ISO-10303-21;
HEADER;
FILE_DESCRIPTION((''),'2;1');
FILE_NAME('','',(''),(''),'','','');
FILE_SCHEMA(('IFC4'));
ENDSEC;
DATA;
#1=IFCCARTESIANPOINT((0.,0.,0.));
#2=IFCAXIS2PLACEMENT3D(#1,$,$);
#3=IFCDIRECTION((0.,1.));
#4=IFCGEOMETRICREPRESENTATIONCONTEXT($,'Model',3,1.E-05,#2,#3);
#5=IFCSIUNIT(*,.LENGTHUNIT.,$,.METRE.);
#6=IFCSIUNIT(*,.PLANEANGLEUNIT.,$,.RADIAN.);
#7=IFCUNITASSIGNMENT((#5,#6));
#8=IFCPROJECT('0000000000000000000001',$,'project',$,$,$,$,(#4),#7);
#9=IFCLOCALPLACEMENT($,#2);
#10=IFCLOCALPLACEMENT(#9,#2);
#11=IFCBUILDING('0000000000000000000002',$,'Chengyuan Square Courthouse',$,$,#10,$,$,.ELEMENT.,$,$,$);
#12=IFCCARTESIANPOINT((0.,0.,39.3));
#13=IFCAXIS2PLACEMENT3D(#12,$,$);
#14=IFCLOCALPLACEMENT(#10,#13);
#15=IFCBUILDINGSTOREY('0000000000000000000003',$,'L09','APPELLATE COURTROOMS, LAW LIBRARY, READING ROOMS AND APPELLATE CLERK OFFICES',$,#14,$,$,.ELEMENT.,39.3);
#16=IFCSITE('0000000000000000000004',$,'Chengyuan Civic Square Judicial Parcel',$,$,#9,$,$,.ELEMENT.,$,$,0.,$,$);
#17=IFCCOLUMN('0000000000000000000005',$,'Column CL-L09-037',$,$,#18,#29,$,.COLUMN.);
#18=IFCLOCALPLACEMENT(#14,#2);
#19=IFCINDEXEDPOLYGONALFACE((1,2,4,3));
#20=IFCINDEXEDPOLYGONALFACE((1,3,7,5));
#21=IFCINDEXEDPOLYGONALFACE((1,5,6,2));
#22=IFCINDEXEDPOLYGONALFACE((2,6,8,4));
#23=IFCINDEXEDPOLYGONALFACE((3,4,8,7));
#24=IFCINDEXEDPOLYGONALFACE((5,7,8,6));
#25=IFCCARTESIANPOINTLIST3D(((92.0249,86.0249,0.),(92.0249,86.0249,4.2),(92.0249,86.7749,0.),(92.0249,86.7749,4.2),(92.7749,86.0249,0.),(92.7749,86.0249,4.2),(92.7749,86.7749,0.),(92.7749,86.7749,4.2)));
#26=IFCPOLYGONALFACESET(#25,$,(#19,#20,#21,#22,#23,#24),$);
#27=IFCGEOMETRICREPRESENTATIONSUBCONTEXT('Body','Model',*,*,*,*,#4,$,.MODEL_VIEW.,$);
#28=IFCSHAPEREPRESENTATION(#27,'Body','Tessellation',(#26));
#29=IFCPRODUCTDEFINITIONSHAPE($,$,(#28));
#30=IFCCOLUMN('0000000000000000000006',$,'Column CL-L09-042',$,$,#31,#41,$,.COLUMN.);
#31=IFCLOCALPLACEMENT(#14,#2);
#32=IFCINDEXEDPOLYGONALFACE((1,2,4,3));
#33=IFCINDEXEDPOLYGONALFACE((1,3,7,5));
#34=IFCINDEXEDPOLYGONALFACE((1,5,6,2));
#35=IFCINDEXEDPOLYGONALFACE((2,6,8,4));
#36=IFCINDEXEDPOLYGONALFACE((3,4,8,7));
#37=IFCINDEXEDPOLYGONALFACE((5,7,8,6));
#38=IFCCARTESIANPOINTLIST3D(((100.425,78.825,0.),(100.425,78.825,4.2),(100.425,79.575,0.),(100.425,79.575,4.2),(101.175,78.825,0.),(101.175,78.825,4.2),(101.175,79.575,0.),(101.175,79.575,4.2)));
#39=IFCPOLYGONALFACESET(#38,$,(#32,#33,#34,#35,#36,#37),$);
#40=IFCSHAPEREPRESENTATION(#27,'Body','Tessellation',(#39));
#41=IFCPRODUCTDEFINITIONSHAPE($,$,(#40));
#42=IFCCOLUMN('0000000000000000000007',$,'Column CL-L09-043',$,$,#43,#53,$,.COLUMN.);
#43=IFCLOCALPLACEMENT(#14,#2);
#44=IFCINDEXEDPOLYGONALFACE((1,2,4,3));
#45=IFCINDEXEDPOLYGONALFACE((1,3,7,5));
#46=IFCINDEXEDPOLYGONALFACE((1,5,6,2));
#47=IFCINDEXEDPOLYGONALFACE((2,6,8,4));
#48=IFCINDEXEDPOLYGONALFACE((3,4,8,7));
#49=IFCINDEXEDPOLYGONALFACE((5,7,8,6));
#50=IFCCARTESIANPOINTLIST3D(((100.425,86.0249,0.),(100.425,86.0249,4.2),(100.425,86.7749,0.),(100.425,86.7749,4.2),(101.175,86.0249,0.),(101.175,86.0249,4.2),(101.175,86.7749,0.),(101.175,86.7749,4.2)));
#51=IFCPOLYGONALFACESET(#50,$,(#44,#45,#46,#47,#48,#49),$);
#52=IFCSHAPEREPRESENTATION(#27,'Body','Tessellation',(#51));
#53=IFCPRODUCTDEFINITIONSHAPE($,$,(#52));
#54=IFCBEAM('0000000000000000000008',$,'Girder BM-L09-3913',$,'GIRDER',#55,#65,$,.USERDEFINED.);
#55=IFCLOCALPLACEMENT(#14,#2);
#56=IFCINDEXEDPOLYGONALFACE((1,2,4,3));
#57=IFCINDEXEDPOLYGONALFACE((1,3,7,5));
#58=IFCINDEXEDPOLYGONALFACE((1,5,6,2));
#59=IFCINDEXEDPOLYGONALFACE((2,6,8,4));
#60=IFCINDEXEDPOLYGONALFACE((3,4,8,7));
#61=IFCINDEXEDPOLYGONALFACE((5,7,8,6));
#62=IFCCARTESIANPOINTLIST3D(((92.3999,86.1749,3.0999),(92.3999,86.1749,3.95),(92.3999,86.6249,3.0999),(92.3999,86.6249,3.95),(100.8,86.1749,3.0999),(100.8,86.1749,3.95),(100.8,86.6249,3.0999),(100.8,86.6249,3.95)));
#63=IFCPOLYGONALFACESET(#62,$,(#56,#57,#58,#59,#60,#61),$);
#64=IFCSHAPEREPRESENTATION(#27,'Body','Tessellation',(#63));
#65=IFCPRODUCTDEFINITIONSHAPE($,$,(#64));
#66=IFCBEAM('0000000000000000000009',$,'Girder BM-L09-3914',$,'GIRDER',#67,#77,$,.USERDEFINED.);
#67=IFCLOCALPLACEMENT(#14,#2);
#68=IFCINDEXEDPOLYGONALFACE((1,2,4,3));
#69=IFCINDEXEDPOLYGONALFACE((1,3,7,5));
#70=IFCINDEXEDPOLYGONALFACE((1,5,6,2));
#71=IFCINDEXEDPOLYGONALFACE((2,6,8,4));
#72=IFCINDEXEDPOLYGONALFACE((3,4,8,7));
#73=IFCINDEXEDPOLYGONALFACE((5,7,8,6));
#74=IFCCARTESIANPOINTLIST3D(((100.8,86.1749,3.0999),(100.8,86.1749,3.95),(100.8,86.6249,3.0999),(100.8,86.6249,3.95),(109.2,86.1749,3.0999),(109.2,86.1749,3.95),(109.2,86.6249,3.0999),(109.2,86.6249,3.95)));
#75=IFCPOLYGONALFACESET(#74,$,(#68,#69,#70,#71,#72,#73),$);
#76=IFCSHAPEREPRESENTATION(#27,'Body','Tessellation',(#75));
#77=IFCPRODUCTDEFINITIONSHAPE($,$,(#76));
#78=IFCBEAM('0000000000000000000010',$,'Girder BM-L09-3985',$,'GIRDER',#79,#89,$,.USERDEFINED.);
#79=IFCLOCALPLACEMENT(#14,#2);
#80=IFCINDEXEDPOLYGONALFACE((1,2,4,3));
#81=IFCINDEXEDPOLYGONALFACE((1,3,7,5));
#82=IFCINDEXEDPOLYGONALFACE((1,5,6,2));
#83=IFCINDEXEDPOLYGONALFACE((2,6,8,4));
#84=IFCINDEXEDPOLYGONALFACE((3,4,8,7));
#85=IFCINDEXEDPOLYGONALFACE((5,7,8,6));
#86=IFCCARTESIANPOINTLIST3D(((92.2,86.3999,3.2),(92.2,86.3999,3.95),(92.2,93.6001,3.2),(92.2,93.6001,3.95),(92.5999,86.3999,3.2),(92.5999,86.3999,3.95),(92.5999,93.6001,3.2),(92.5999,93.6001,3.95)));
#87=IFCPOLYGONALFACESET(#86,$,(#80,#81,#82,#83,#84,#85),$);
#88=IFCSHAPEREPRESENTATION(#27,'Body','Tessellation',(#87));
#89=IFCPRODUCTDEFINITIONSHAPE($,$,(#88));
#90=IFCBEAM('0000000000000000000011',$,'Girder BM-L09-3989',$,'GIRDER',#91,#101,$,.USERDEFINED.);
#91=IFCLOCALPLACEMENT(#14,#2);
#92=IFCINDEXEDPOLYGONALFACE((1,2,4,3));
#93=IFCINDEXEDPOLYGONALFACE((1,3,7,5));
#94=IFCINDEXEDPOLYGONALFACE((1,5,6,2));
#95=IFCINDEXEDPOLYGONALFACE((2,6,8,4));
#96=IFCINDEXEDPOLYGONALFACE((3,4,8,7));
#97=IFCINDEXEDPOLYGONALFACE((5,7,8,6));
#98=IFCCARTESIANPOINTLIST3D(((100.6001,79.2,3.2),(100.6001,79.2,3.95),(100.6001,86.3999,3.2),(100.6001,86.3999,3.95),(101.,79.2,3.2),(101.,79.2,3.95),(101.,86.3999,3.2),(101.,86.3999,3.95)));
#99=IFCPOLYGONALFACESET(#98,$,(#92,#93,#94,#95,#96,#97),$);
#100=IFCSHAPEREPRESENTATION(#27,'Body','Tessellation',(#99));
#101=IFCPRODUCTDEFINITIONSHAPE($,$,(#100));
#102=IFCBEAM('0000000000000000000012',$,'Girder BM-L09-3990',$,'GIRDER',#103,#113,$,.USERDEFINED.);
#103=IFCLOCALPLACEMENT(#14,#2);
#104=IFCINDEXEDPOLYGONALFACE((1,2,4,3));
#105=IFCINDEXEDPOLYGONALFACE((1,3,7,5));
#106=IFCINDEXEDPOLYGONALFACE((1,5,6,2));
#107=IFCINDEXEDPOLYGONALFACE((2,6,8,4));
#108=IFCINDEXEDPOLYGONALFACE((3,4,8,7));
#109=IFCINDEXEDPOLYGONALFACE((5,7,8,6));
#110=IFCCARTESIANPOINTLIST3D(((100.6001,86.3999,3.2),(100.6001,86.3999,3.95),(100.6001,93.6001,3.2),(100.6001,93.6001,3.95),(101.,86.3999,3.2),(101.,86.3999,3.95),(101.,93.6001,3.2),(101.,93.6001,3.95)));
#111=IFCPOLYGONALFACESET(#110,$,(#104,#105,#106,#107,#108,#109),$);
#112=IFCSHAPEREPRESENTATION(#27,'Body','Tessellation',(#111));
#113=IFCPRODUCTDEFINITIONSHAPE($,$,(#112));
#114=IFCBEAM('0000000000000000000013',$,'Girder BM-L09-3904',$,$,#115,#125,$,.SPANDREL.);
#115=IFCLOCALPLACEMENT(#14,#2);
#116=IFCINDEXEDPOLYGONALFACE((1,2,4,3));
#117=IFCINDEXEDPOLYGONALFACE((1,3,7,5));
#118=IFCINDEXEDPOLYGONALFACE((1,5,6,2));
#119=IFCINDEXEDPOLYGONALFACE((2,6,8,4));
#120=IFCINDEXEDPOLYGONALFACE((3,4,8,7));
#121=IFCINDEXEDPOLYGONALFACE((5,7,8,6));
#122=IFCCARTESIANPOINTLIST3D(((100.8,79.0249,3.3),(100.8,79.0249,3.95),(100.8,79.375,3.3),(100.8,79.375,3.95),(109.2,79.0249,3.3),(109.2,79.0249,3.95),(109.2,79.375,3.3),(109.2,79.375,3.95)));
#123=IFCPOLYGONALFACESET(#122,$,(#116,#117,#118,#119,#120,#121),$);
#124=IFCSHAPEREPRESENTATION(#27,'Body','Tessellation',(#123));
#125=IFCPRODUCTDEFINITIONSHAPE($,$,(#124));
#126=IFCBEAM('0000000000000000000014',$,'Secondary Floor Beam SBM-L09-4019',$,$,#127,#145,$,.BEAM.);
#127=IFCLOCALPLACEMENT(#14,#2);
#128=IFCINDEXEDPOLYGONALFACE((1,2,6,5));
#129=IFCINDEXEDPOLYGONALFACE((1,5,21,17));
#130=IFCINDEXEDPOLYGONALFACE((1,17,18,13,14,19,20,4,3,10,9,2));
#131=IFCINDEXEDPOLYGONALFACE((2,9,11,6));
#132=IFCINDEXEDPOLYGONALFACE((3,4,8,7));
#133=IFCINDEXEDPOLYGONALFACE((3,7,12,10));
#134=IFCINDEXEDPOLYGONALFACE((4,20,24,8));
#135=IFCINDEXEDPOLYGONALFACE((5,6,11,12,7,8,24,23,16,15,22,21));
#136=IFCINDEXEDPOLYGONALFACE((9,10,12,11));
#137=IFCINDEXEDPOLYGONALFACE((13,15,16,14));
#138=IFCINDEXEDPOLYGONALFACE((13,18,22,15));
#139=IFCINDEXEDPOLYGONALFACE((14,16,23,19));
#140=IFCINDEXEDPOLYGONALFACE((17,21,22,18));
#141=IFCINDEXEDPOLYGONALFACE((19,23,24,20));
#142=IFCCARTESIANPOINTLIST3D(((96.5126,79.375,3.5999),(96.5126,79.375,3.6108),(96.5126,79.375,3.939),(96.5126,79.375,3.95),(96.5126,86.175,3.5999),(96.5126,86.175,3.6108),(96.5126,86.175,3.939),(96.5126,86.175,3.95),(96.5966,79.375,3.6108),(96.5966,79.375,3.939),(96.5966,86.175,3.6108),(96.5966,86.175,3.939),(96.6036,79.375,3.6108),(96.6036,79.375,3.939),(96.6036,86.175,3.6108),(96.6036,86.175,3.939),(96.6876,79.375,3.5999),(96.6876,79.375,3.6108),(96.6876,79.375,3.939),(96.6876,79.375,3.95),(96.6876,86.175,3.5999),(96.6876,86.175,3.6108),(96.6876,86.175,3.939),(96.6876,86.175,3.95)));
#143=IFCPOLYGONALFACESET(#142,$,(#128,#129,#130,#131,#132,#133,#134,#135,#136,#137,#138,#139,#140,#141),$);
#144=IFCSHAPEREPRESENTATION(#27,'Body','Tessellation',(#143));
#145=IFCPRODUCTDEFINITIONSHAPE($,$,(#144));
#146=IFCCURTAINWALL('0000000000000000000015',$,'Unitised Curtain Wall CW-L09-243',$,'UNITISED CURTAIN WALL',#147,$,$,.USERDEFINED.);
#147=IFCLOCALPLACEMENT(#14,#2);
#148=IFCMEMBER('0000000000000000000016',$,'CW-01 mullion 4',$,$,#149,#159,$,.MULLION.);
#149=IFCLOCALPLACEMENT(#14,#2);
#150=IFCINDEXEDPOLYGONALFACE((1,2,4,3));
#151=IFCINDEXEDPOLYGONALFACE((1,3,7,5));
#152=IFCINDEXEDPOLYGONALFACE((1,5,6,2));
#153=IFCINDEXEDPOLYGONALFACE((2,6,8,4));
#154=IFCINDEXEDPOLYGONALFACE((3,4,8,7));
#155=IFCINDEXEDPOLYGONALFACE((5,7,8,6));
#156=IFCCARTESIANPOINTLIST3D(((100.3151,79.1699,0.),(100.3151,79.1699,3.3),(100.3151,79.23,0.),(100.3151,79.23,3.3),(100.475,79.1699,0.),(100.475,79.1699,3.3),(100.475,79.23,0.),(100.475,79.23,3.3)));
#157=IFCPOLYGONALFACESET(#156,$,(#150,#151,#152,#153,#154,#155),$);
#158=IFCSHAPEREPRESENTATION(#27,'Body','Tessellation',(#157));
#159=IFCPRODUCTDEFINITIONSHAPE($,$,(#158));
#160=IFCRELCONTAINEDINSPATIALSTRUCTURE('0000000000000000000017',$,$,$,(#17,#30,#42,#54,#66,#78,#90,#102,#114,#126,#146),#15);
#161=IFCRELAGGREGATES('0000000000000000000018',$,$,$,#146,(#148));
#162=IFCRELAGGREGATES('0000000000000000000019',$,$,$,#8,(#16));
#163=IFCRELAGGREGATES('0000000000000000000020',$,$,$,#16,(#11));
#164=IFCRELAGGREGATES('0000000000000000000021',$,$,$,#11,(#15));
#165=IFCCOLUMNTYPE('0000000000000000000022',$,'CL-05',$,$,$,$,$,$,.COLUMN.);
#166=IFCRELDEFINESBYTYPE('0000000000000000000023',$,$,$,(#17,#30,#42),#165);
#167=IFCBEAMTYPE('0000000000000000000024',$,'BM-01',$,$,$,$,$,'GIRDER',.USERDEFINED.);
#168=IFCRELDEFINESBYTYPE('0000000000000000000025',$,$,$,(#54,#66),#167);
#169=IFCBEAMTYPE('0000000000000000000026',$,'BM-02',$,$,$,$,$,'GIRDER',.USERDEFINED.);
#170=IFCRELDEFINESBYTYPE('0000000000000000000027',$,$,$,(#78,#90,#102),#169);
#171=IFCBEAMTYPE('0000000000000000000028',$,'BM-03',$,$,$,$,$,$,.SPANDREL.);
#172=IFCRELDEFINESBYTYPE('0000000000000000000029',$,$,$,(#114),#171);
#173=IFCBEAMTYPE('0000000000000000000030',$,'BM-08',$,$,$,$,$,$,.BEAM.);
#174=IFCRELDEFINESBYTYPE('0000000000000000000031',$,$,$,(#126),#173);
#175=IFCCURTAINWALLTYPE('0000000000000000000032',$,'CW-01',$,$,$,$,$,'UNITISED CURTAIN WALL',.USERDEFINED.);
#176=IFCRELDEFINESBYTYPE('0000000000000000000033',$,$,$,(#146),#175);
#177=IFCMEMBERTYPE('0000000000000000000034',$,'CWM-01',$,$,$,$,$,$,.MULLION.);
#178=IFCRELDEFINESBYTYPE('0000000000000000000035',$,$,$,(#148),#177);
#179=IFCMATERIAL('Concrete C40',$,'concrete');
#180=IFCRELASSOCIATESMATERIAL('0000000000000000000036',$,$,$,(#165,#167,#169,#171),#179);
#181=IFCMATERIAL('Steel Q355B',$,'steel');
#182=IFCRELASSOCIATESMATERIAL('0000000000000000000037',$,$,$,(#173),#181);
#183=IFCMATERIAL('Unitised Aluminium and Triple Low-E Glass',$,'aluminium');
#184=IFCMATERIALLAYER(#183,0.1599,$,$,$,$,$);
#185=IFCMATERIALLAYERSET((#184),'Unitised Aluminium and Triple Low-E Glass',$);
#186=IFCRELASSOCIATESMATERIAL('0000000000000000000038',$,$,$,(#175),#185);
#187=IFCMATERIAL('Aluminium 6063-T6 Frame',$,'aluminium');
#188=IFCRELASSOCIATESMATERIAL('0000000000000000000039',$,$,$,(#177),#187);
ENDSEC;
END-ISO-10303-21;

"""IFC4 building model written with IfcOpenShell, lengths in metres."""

from ifc_helpers import new_model, si_unit, direction, frame, origin, origin_2d, place, context, subcontext, project, spatial, rectangle, i_section, extrude, material, layer, layer_set, material_profile, profile_set, type_object, element, aggregate, save


model = new_model("IFC4")

# Units and contexts
model_context = context("Model", 3, precision=1e-05, world=origin(), true_north=direction((0.0, 1.0)))
body_context = subcontext(model_context, "Body", "Model", "MODEL_VIEW")
ifc_project = project(units=[si_unit("LENGTHUNIT", "METRE"), si_unit("PLANEANGLEUNIT", "RADIAN")], contexts=[model_context])

# Site, building, storey
site_placement = place(None, origin())
site = spatial("IfcSite", under=ifc_project, at=site_placement, Name="Chengyuan Civic Square Judicial Parcel", CompositionType="ELEMENT", RefElevation=0.0)
building_placement = place(site_placement, origin())
building = spatial("IfcBuilding", under=site, at=building_placement, Name="Chengyuan Square Courthouse", CompositionType="ELEMENT")
storey_placement = place(building_placement, frame((0.0, 0.0, 39.3)))
storey = spatial("IfcBuildingStorey", under=building, at=storey_placement, Name="L09", Description="APPELLATE COURTROOMS, LAW LIBRARY, READING ROOMS AND APPELLATE CLERK OFFICES", CompositionType="ELEMENT", Elevation=39.3)

# Columns
ifc_material_1 = material(Name="Concrete C40", Category="concrete")
ifc_material_profile_1 = material_profile(ifc_material_1, rectangle(XDim=0.75, YDim=0.75, at=origin_2d()), Name="RC-COL-750x750")
ifc_profile_set_1 = profile_set([ifc_material_profile_1], Name="Concrete C40")
column_type = type_object("IfcColumnType", Name="CL-05", PredefinedType="COLUMN", material=ifc_profile_set_1)
for number, where, z_axis, x_axis, name in (
    (1, (92.3999, 86.3999, 0.0), (0.0, 0.0, 1.0), (1.0, 0.0, 0.0), "Column CL-L09-037"),
    (2, (100.8, 79.2, 0.0), (0.0, 0.0, 1.0), (1.0, 0.0, 0.0), "Column CL-L09-042"),
    (3, (100.8, 86.3999, 0.0), (0.0, 0.0, 1.0), (1.0, 0.0, 0.0), "Column CL-L09-043"),
):
    element("IfcColumn", number, at=place(storey_placement, frame(where, z_axis=z_axis, x_axis=x_axis)), inside=storey, type_object=column_type, Name=name, PredefinedType="COLUMN", context=body_context, shape_type="SweptSolid", body=[
        extrude(rectangle(XDim=0.75, YDim=0.75, at=origin_2d()), origin(), (0.0, 0.0, 1.0), 4.2),
    ])

# Beams
ifc_material_profile_2 = material_profile(ifc_material_1, rectangle(XDim=0.45, YDim=0.8501, at=origin_2d()), Name="RC-BM-450x850")
ifc_profile_set_2 = profile_set([ifc_material_profile_2], Name="Concrete C40")
beam_type_1 = type_object("IfcBeamType", Name="BM-01", ElementType="GIRDER", PredefinedType="USERDEFINED", material=ifc_profile_set_2)
beam_1_placement = place(storey_placement, frame((92.3999, 86.3999, 3.5249), z_axis=(1.0, 0.0, 0.0), x_axis=(0.0, 1.0, 0.0)))
element("IfcBeam", 4, at=beam_1_placement, inside=storey, type_object=beam_type_1, Name="Girder BM-L09-3913", ObjectType="GIRDER", PredefinedType="USERDEFINED", context=body_context, shape_type="SweptSolid", body=[
    extrude(rectangle(XDim=0.45, YDim=0.8501, at=origin_2d()), origin(), (0.0, 0.0, 1.0), 8.4001),
])
beam_2_placement = place(storey_placement, frame((100.8, 86.3999, 3.5249), z_axis=(1.0, 0.0, 0.0), x_axis=(0.0, 1.0, 0.0)))
element("IfcBeam", 5, at=beam_2_placement, inside=storey, type_object=beam_type_1, Name="Girder BM-L09-3914", ObjectType="GIRDER", PredefinedType="USERDEFINED", context=body_context, shape_type="SweptSolid", body=[
    extrude(rectangle(XDim=0.45, YDim=0.8501, at=origin_2d()), origin(), (0.0, 0.0, 1.0), 8.3999),
])
ifc_material_profile_3 = material_profile(ifc_material_1, rectangle(XDim=0.3999, YDim=0.75, at=origin_2d()), Name="RC-BM-400x750")
ifc_profile_set_3 = profile_set([ifc_material_profile_3], Name="Concrete C40")
beam_type_2 = type_object("IfcBeamType", Name="BM-02", ElementType="GIRDER", PredefinedType="USERDEFINED", material=ifc_profile_set_3)
beam_3_placement = place(storey_placement, frame((92.3999, 86.3999, 3.575), z_axis=(0.0, 1.0, 0.0), x_axis=(-1.0, 0.0, 0.0)))
element("IfcBeam", 6, at=beam_3_placement, inside=storey, type_object=beam_type_2, Name="Girder BM-L09-3985", ObjectType="GIRDER", PredefinedType="USERDEFINED", context=body_context, shape_type="SweptSolid", body=[
    extrude(rectangle(XDim=0.3999, YDim=0.75, at=origin_2d()), origin(), (0.0, 0.0, 1.0), 7.2002),
])
beam_4_placement = place(storey_placement, frame((100.8, 79.2, 3.575), z_axis=(0.0, 1.0, 0.0), x_axis=(-1.0, 0.0, 0.0)))
element("IfcBeam", 7, at=beam_4_placement, inside=storey, type_object=beam_type_2, Name="Girder BM-L09-3989", ObjectType="GIRDER", PredefinedType="USERDEFINED", context=body_context, shape_type="SweptSolid", body=[
    extrude(rectangle(XDim=0.3999, YDim=0.75, at=origin_2d()), origin(), (0.0, 0.0, 1.0), 7.2),
])
beam_5_placement = place(storey_placement, frame((100.8, 86.3999, 3.575), z_axis=(0.0, 1.0, 0.0), x_axis=(-1.0, 0.0, 0.0)))
element("IfcBeam", 8, at=beam_5_placement, inside=storey, type_object=beam_type_2, Name="Girder BM-L09-3990", ObjectType="GIRDER", PredefinedType="USERDEFINED", context=body_context, shape_type="SweptSolid", body=[
    extrude(rectangle(XDim=0.3999, YDim=0.75, at=origin_2d()), origin(), (0.0, 0.0, 1.0), 7.2002),
])
ifc_material_profile_4 = material_profile(ifc_material_1, rectangle(XDim=0.3501, YDim=0.6499, at=origin_2d()), Name="RC-BM-350x650")
ifc_profile_set_4 = profile_set([ifc_material_profile_4], Name="Concrete C40")
beam_type_3 = type_object("IfcBeamType", Name="BM-03", PredefinedType="SPANDREL", material=ifc_profile_set_4)
beam_6_placement = place(storey_placement, frame((100.8, 79.2, 3.625), z_axis=(1.0, 0.0, 0.0), x_axis=(0.0, 1.0, 0.0)))
element("IfcBeam", 9, at=beam_6_placement, inside=storey, type_object=beam_type_3, Name="Girder BM-L09-3904", PredefinedType="SPANDREL", context=body_context, shape_type="SweptSolid", body=[
    extrude(rectangle(XDim=0.3501, YDim=0.6499, at=origin_2d()), origin(), (0.0, 0.0, 1.0), 8.3999),
])
ifc_material_2 = material(Name="Steel Q355B", Category="steel")
ifc_material_profile_5 = material_profile(ifc_material_2, i_section(OverallWidth=0.175, OverallDepth=0.3501, WebThickness=0.0071, FlangeThickness=0.011, at=origin_2d()), Name="HN 350x175x7x11")
ifc_profile_set_5 = profile_set([ifc_material_profile_5], Name="Steel Q355B")
beam_type_4 = type_object("IfcBeamType", Name="BM-08", PredefinedType="BEAM", material=ifc_profile_set_5)
beam_7_placement = place(storey_placement, frame((96.6001, 79.375, 3.7749), z_axis=(0.0, 1.0, 0.0), x_axis=(-1.0, 0.0, 0.0)))
element("IfcBeam", 10, at=beam_7_placement, inside=storey, type_object=beam_type_4, Name="Secondary Floor Beam SBM-L09-4019", PredefinedType="BEAM", context=body_context, shape_type="SweptSolid", body=[
    extrude(i_section(OverallWidth=0.175, OverallDepth=0.3501, WebThickness=0.0071, FlangeThickness=0.011, at=origin_2d()), origin(), (0.0, 0.0, 1.0), 6.8),
])

# Curtain wall, member
ifc_material_3 = material(Name="Unitised Aluminium and Triple Low-E Glass", Category="aluminium")
ifc_layer_1 = layer(ifc_material_3, 0.1599)
ifc_layer_set_1 = layer_set([ifc_layer_1], Name="Unitised Aluminium and Triple Low-E Glass")
curtain_wall_type = type_object("IfcCurtainWallType", Name="CW-01", ElementType="UNITISED CURTAIN WALL", PredefinedType="USERDEFINED", material=ifc_layer_set_1)
curtain_wall_placement = place(storey_placement, origin())
curtain_wall = element("IfcCurtainWall", 11, at=curtain_wall_placement, inside=storey, type_object=curtain_wall_type, Name="Unitised Curtain Wall CW-L09-243", ObjectType="UNITISED CURTAIN WALL", PredefinedType="USERDEFINED")
ifc_material_4 = material(Name="Aluminium 6063-T6 Frame", Category="aluminium")
ifc_material_profile_6 = material_profile(ifc_material_4, rectangle(XDim=0.0601, YDim=0.1599, at=origin_2d()), Name="CW-MUL-60x160")
ifc_profile_set_6 = profile_set([ifc_material_profile_6], Name="Aluminium 6063-T6 Frame")
member_type = type_object("IfcMemberType", Name="CWM-01", PredefinedType="MULLION", material=ifc_profile_set_6)
member_placement = place(storey_placement, frame((100.395, 79.2, 0.0), z_axis=(0.0, 0.0, 1.0), x_axis=(0.0, 1.0, 0.0)))
member = element("IfcMember", 12, at=member_placement, type_object=member_type, Name="CW-01 mullion 4", PredefinedType="MULLION", context=body_context, shape_type="SweptSolid", body=[
    extrude(rectangle(XDim=0.0601, YDim=0.1599, at=origin_2d()), origin(), (0.0, 0.0, 1.0), 3.3),
])
aggregate(curtain_wall, [member])

save(model, "model.ifc")
